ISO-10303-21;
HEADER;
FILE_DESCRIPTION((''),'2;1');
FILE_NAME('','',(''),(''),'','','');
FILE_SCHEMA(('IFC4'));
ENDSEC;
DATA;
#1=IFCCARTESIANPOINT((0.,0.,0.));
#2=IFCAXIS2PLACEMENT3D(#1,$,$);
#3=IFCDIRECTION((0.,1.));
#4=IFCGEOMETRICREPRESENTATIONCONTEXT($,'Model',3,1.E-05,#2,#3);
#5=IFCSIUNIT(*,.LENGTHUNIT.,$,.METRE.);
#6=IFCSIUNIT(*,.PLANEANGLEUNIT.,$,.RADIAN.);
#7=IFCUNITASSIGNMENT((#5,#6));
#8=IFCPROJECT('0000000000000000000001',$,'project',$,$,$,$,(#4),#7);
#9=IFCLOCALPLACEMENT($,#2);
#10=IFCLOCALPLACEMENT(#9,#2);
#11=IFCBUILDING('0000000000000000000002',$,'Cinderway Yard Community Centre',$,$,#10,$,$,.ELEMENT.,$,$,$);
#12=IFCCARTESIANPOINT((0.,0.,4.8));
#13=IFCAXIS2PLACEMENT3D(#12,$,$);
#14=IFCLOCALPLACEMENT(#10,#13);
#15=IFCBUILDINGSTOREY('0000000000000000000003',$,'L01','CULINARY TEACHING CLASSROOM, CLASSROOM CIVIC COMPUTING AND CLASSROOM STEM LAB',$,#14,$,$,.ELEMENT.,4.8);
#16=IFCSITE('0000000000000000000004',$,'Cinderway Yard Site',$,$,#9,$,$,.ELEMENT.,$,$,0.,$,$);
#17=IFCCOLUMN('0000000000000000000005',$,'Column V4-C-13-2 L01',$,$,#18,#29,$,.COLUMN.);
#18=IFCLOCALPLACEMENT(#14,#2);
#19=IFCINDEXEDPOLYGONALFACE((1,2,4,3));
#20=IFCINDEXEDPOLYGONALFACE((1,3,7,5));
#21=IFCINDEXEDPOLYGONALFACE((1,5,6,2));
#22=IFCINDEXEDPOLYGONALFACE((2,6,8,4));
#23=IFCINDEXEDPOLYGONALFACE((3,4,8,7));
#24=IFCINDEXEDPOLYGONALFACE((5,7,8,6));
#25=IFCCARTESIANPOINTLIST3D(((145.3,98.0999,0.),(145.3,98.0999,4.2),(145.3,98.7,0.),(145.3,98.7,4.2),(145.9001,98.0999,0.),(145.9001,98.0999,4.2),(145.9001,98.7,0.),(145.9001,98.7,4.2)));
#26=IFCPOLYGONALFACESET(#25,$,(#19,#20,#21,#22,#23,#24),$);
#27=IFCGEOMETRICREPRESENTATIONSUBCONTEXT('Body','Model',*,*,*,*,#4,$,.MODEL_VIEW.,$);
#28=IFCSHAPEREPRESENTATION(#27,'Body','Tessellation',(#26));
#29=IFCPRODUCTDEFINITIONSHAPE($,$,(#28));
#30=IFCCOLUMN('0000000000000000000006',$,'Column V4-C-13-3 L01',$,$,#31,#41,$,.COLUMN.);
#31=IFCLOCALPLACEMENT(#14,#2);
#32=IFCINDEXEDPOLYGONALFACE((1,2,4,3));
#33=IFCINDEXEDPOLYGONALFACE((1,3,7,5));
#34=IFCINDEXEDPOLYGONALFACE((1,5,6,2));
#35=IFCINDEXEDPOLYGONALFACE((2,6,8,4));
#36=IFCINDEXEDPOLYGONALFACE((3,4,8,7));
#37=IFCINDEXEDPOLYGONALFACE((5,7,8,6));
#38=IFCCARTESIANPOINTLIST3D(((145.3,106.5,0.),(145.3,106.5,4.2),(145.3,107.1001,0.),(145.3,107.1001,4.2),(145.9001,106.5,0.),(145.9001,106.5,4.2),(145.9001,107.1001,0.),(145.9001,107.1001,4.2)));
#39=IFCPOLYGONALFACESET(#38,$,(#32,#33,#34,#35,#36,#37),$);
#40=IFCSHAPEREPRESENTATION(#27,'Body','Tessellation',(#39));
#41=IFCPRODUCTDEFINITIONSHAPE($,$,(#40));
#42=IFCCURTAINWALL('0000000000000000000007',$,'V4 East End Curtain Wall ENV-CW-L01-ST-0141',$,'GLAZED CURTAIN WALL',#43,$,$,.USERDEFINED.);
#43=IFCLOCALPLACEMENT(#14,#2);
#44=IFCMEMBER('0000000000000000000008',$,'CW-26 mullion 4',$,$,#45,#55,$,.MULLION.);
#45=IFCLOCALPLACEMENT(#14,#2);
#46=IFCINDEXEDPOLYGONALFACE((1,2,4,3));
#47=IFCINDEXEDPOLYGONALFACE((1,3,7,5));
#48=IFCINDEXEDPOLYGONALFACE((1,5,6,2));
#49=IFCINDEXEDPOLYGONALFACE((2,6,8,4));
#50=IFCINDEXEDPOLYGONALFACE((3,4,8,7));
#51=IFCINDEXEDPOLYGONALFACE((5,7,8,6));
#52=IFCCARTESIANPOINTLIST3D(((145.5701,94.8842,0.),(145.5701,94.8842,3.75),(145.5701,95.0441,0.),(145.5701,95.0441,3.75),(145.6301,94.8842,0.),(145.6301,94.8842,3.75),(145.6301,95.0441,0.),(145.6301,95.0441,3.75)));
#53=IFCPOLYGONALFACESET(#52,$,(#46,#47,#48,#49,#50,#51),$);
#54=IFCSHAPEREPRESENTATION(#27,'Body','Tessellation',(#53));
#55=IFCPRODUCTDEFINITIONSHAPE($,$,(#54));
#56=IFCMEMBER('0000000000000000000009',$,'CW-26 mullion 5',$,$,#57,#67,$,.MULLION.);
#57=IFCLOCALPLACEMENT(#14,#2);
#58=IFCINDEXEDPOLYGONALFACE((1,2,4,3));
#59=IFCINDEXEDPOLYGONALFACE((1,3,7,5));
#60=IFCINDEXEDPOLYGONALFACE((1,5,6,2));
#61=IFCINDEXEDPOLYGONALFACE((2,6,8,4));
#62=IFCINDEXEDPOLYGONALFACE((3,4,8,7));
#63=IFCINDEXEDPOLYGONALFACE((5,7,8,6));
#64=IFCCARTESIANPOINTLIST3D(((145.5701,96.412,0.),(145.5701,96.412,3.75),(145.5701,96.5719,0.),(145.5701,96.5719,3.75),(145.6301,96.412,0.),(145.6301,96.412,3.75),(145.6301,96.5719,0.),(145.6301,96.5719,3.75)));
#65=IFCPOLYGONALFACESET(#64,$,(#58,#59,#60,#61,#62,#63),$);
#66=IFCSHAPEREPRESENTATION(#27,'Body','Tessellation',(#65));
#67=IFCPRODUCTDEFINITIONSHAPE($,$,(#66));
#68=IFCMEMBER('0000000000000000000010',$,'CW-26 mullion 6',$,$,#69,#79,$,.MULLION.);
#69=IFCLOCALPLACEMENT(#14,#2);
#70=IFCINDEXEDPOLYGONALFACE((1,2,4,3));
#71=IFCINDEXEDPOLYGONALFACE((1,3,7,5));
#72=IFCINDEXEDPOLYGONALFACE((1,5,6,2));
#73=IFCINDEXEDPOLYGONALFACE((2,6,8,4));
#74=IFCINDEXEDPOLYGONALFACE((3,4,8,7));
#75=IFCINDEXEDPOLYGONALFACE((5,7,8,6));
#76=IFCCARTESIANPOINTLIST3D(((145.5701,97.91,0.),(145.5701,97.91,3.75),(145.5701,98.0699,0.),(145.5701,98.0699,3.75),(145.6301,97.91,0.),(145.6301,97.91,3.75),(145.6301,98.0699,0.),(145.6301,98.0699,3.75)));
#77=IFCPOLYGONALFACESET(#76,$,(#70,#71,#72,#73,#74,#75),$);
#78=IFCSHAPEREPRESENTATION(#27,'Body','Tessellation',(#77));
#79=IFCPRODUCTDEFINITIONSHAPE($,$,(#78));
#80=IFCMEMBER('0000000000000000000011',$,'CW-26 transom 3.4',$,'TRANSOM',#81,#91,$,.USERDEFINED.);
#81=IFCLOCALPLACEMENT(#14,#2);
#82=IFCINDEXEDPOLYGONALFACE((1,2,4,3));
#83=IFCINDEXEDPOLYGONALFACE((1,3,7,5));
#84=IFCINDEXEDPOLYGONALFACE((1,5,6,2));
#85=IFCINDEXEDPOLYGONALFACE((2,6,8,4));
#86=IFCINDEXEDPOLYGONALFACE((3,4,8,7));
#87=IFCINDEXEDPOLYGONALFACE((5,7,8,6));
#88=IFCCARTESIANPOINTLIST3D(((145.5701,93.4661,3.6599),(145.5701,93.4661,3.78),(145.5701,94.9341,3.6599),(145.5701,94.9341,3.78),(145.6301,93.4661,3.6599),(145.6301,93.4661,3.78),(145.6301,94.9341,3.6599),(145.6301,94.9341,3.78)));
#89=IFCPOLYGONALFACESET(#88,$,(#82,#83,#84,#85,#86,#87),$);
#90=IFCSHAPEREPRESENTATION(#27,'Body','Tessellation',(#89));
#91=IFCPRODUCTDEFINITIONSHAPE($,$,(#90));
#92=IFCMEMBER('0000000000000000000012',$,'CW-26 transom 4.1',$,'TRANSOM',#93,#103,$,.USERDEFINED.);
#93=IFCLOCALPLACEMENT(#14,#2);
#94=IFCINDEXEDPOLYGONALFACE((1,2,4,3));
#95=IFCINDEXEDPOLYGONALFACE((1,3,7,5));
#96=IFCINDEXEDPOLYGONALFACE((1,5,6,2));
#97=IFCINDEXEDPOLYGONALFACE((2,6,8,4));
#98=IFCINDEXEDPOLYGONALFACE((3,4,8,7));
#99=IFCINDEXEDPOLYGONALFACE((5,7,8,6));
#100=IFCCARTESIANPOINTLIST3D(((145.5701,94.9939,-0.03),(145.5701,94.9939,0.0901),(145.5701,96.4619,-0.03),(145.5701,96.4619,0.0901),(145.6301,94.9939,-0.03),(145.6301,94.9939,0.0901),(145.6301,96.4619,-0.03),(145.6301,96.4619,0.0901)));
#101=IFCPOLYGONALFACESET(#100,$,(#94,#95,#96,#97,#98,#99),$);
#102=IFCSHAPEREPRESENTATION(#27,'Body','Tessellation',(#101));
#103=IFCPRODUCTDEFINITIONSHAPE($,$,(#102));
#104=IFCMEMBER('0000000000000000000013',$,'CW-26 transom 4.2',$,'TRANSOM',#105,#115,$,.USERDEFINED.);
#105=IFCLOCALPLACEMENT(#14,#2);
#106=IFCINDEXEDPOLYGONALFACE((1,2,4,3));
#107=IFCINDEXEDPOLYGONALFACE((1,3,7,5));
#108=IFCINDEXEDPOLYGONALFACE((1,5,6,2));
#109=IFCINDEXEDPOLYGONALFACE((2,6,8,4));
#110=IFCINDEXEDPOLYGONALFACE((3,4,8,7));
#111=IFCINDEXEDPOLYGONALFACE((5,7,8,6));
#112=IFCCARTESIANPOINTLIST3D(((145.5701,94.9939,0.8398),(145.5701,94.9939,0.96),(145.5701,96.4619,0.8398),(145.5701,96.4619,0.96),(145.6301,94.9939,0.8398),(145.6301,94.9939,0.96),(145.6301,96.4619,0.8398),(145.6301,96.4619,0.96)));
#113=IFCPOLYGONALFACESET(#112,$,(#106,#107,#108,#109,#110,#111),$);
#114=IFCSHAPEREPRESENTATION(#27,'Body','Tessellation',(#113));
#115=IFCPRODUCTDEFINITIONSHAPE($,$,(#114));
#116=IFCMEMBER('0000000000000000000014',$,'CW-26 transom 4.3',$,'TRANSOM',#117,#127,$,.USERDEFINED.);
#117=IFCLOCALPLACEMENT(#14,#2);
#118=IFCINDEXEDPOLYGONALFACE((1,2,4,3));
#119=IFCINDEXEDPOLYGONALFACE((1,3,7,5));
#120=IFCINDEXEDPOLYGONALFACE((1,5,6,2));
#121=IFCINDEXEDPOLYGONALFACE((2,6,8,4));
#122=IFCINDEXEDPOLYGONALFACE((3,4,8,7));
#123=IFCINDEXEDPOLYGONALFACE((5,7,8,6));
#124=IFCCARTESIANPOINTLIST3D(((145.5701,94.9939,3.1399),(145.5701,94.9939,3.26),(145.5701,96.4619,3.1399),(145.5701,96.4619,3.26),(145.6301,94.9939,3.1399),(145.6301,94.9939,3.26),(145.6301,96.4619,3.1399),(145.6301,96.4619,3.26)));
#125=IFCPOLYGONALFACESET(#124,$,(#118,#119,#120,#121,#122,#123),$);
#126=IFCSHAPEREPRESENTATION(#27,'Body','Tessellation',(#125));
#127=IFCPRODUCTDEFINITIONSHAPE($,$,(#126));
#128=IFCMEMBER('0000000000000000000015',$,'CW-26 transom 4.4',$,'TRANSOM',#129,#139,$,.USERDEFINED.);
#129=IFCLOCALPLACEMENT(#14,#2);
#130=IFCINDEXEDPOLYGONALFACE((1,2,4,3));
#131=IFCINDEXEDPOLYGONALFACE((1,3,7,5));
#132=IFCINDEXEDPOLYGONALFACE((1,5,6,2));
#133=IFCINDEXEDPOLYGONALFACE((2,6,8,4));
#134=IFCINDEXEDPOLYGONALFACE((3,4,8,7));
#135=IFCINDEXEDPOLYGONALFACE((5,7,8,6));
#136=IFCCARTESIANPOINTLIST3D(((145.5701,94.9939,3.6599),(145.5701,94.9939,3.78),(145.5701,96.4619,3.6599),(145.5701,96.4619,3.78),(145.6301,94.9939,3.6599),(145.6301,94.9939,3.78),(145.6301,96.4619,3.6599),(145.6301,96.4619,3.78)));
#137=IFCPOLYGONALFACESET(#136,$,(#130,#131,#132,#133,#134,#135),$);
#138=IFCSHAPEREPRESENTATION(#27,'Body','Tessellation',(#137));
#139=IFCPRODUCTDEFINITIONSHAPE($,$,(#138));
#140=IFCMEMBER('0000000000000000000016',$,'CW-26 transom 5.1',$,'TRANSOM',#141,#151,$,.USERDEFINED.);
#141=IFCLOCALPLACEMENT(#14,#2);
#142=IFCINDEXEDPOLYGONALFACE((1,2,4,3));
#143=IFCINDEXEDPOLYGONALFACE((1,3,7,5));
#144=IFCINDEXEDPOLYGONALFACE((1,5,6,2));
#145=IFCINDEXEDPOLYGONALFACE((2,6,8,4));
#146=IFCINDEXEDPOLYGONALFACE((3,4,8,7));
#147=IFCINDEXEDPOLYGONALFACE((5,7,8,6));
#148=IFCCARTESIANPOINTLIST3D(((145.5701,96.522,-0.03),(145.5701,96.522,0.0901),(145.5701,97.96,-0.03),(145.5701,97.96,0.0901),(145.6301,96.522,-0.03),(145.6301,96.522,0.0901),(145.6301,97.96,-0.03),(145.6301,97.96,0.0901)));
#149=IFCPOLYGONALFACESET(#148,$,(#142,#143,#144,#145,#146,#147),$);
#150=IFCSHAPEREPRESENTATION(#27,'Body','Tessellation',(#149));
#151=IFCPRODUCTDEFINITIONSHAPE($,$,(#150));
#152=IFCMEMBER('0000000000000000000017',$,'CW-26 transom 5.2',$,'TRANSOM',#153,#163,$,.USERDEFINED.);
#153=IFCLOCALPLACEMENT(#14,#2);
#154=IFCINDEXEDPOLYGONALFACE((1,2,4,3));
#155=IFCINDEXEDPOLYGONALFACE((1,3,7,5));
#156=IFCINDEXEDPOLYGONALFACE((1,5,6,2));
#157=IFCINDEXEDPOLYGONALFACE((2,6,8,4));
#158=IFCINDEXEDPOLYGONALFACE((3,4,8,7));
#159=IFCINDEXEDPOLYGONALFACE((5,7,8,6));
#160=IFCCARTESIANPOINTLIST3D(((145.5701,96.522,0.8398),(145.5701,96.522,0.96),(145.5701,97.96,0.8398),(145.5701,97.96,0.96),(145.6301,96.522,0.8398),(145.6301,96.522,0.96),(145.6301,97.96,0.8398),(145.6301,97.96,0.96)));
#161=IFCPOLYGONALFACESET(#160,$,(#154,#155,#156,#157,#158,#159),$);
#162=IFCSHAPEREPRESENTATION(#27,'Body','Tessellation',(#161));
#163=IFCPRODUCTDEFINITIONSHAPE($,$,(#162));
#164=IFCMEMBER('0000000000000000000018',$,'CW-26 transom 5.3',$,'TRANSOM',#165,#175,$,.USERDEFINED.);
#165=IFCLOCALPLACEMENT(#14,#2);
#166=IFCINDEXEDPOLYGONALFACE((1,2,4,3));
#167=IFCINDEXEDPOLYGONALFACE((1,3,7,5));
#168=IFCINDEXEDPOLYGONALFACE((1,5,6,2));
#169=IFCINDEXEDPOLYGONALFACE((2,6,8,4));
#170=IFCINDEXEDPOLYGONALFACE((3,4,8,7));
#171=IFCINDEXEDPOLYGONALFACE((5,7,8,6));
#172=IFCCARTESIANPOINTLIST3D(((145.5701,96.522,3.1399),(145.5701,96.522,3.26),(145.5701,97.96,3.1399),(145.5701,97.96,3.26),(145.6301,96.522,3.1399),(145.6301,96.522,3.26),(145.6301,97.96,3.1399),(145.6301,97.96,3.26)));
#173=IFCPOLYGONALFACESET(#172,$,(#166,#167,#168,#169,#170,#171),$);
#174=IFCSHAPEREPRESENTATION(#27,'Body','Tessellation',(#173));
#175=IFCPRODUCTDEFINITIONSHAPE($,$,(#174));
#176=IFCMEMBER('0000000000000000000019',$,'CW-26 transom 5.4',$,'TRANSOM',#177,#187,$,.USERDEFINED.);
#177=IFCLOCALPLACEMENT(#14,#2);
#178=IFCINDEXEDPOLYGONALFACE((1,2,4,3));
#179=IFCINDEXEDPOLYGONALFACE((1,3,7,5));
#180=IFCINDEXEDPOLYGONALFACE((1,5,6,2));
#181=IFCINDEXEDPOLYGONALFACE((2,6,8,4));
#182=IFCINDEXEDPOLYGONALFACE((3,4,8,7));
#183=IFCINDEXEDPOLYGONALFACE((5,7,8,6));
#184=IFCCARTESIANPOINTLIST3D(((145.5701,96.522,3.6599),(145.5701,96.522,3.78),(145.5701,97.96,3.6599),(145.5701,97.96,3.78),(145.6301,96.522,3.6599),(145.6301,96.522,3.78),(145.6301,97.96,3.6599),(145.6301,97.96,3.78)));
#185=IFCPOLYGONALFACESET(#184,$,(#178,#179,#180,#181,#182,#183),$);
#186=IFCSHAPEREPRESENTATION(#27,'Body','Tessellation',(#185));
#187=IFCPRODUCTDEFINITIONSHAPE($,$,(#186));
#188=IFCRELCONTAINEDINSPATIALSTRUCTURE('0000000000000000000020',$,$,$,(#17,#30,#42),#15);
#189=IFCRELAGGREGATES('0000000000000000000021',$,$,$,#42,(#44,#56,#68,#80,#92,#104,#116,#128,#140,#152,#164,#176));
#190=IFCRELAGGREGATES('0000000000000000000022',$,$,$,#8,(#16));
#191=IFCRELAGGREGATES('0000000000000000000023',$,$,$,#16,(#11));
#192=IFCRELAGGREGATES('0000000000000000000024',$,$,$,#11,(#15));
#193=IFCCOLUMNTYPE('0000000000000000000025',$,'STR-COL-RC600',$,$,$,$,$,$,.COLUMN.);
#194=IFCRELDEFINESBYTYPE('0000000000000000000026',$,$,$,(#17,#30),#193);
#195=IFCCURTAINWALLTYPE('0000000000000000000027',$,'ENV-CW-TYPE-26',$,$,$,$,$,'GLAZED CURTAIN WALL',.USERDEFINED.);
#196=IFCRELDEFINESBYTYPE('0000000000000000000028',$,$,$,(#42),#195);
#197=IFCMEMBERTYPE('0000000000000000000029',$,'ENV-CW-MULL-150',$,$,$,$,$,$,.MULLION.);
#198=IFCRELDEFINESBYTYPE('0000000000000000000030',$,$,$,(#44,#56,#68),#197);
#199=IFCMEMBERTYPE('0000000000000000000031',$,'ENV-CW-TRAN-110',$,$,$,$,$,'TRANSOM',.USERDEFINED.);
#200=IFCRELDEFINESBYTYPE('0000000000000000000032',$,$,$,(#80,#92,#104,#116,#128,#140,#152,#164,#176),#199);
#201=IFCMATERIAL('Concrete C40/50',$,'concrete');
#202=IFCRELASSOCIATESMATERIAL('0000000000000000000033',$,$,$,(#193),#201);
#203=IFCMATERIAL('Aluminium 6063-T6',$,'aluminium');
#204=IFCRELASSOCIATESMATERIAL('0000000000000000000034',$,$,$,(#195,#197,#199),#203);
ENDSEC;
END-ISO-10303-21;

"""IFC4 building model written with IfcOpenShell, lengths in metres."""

from ifc_helpers import new_model, si_unit, direction, frame, origin, origin_2d, place, context, subcontext, project, spatial, rectangle, extrude, material, material_profile, profile_set, type_object, element, aggregate, save


model = new_model("IFC4")

# Units and contexts
model_context = context("Model", 3, precision=1e-05, world=origin(), true_north=direction((0.0, 1.0)))
body_context = subcontext(model_context, "Body", "Model", "MODEL_VIEW")
ifc_project = project(units=[si_unit("LENGTHUNIT", "METRE"), si_unit("PLANEANGLEUNIT", "RADIAN")], contexts=[model_context])

# Site, building, storey
site_placement = place(None, origin())
site = spatial("IfcSite", under=ifc_project, at=site_placement, Name="Cinderway Yard Site", CompositionType="ELEMENT", RefElevation=0.0)
building_placement = place(site_placement, origin())
building = spatial("IfcBuilding", under=site, at=building_placement, Name="Cinderway Yard Community Centre", CompositionType="ELEMENT")
storey_placement = place(building_placement, frame((0.0, 0.0, 4.8)))
storey = spatial("IfcBuildingStorey", under=building, at=storey_placement, Name="L01", Description="CULINARY TEACHING CLASSROOM, CLASSROOM CIVIC COMPUTING AND CLASSROOM STEM LAB", CompositionType="ELEMENT", Elevation=4.8)

# Columns
ifc_material_1 = material(Name="Concrete C40/50", Category="concrete")
ifc_material_profile_1 = material_profile(ifc_material_1, rectangle(XDim=0.6001, YDim=0.6001, at=origin_2d()), Name="Concrete C40/50")
ifc_profile_set_1 = profile_set([ifc_material_profile_1], Name="Concrete C40/50")
column_type = type_object("IfcColumnType", Name="STR-COL-RC600", PredefinedType="COLUMN", material=ifc_profile_set_1)
for number, where, z_axis, x_axis, name in (
    (1, (145.6001, 98.3999, 0.0), (0.0, 0.0, 1.0), (1.0, 0.0, 0.0), "Column V4-C-13-2 L01"),
    (2, (145.6001, 106.8, 0.0), (0.0, 0.0, 1.0), (1.0, 0.0, 0.0), "Column V4-C-13-3 L01"),
):
    element("IfcColumn", number, at=place(storey_placement, frame(where, z_axis=z_axis, x_axis=x_axis)), inside=storey, type_object=column_type, Name=name, PredefinedType="COLUMN", context=body_context, shape_type="SweptSolid", body=[
        extrude(rectangle(XDim=0.6001, YDim=0.6001, at=origin_2d()), origin(), (0.0, 0.0, 1.0), 4.2),
    ])

# Curtain wall, members
ifc_material_2 = material(Name="Aluminium 6063-T6", Category="aluminium")
curtain_wall_type = type_object("IfcCurtainWallType", Name="ENV-CW-TYPE-26", ElementType="GLAZED CURTAIN WALL", PredefinedType="USERDEFINED", material=ifc_material_2)
curtain_wall_placement = place(storey_placement, origin())
curtain_wall = element("IfcCurtainWall", 3, at=curtain_wall_placement, inside=storey, type_object=curtain_wall_type, Name="V4 East End Curtain Wall ENV-CW-L01-ST-0141", ObjectType="GLAZED CURTAIN WALL", PredefinedType="USERDEFINED")
ifc_material_profile_2 = material_profile(ifc_material_2, rectangle(XDim=0.0601, YDim=0.1599, at=origin_2d()), Name="Aluminium 6063-T6")
ifc_profile_set_2 = profile_set([ifc_material_profile_2], Name="Aluminium 6063-T6")
member_type_1 = type_object("IfcMemberType", Name="ENV-CW-MULL-150", PredefinedType="MULLION", material=ifc_profile_set_2)
member_1_placement = place(storey_placement, frame((145.6001, 94.9641, 0.0), z_axis=(0.0, 0.0, 1.0), x_axis=(-1.0, 0.0, 0.0)))
member_1 = element("IfcMember", 4, at=member_1_placement, type_object=member_type_1, Name="CW-26 mullion 4", PredefinedType="MULLION", context=body_context, shape_type="SweptSolid", body=[
    extrude(rectangle(XDim=0.0601, YDim=0.1599, at=origin_2d()), origin(), (0.0, 0.0, 1.0), 3.75),
])
member_2_placement = place(storey_placement, frame((145.6001, 96.4919, 0.0), z_axis=(0.0, 0.0, 1.0), x_axis=(-1.0, 0.0, 0.0)))
member_2 = element("IfcMember", 5, at=member_2_placement, type_object=member_type_1, Name="CW-26 mullion 5", PredefinedType="MULLION", context=body_context, shape_type="SweptSolid", body=[
    extrude(rectangle(XDim=0.0601, YDim=0.1599, at=origin_2d()), origin(), (0.0, 0.0, 1.0), 3.75),
])
member_3_placement = place(storey_placement, frame((145.6001, 97.99, 0.0), z_axis=(0.0, 0.0, 1.0), x_axis=(-1.0, 0.0, 0.0)))
member_3 = element("IfcMember", 6, at=member_3_placement, type_object=member_type_1, Name="CW-26 mullion 6", PredefinedType="MULLION", context=body_context, shape_type="SweptSolid", body=[
    extrude(rectangle(XDim=0.0601, YDim=0.1599, at=origin_2d()), origin(), (0.0, 0.0, 1.0), 3.75),
])
ifc_material_profile_3 = material_profile(ifc_material_2, rectangle(XDim=0.0601, YDim=0.1201, at=origin_2d()), Name="Aluminium 6063-T6")
ifc_profile_set_3 = profile_set([ifc_material_profile_3], Name="Aluminium 6063-T6")
member_type_2 = type_object("IfcMemberType", Name="ENV-CW-TRAN-110", ElementType="TRANSOM", PredefinedType="USERDEFINED", material=ifc_profile_set_3)
member_4_placement = place(storey_placement, frame((145.6001, 93.4661, 3.72), z_axis=(0.0, 1.0, 0.0), x_axis=(-1.0, 0.0, 0.0)))
member_4 = element("IfcMember", 7, at=member_4_placement, type_object=member_type_2, Name="CW-26 transom 3.4", ObjectType="TRANSOM", PredefinedType="USERDEFINED", context=body_context, shape_type="SweptSolid", body=[
    extrude(rectangle(XDim=0.0601, YDim=0.1201, at=origin_2d()), origin(), (0.0, 0.0, 1.0), 1.468),
])
member_5_placement = place(storey_placement, frame((145.6001, 94.9939, 0.03), z_axis=(0.0, 1.0, 0.0), x_axis=(-1.0, 0.0, 0.0)))
member_5 = element("IfcMember", 8, at=member_5_placement, type_object=member_type_2, Name="CW-26 transom 4.1", ObjectType="TRANSOM", PredefinedType="USERDEFINED", context=body_context, shape_type="SweptSolid", body=[
    extrude(rectangle(XDim=0.0601, YDim=0.1201, at=origin_2d()), origin(), (0.0, 0.0, 1.0), 1.468),
])
member_6_placement = place(storey_placement, frame((145.6001, 94.9939, 0.8999), z_axis=(0.0, 1.0, 0.0), x_axis=(-1.0, 0.0, 0.0)))
member_6 = element("IfcMember", 9, at=member_6_placement, type_object=member_type_2, Name="CW-26 transom 4.2", ObjectType="TRANSOM", PredefinedType="USERDEFINED", context=body_context, shape_type="SweptSolid", body=[
    extrude(rectangle(XDim=0.0601, YDim=0.1201, at=origin_2d()), origin(), (0.0, 0.0, 1.0), 1.468),
])
member_7_placement = place(storey_placement, frame((145.6001, 94.9939, 3.2), z_axis=(0.0, 1.0, 0.0), x_axis=(-1.0, 0.0, 0.0)))
member_7 = element("IfcMember", 10, at=member_7_placement, type_object=member_type_2, Name="CW-26 transom 4.3", ObjectType="TRANSOM", PredefinedType="USERDEFINED", context=body_context, shape_type="SweptSolid", body=[
    extrude(rectangle(XDim=0.0601, YDim=0.1201, at=origin_2d()), origin(), (0.0, 0.0, 1.0), 1.468),
])
member_8_placement = place(storey_placement, frame((145.6001, 94.9939, 3.72), z_axis=(0.0, 1.0, 0.0), x_axis=(-1.0, 0.0, 0.0)))
member_8 = element("IfcMember", 11, at=member_8_placement, type_object=member_type_2, Name="CW-26 transom 4.4", ObjectType="TRANSOM", PredefinedType="USERDEFINED", context=body_context, shape_type="SweptSolid", body=[
    extrude(rectangle(XDim=0.0601, YDim=0.1201, at=origin_2d()), origin(), (0.0, 0.0, 1.0), 1.468),
])
member_9_placement = place(storey_placement, frame((145.6001, 96.522, 0.03), z_axis=(0.0, 1.0, 0.0), x_axis=(-1.0, 0.0, 0.0)))
member_9 = element("IfcMember", 12, at=member_9_placement, type_object=member_type_2, Name="CW-26 transom 5.1", ObjectType="TRANSOM", PredefinedType="USERDEFINED", context=body_context, shape_type="SweptSolid", body=[
    extrude(rectangle(XDim=0.0601, YDim=0.1201, at=origin_2d()), origin(), (0.0, 0.0, 1.0), 1.438),
])
member_10_placement = place(storey_placement, frame((145.6001, 96.522, 0.8999), z_axis=(0.0, 1.0, 0.0), x_axis=(-1.0, 0.0, 0.0)))
member_10 = element("IfcMember", 13, at=member_10_placement, type_object=member_type_2, Name="CW-26 transom 5.2", ObjectType="TRANSOM", PredefinedType="USERDEFINED", context=body_context, shape_type="SweptSolid", body=[
    extrude(rectangle(XDim=0.0601, YDim=0.1201, at=origin_2d()), origin(), (0.0, 0.0, 1.0), 1.438),
])
member_11_placement = place(storey_placement, frame((145.6001, 96.522, 3.2), z_axis=(0.0, 1.0, 0.0), x_axis=(-1.0, 0.0, 0.0)))
member_11 = element("IfcMember", 14, at=member_11_placement, type_object=member_type_2, Name="CW-26 transom 5.3", ObjectType="TRANSOM", PredefinedType="USERDEFINED", context=body_context, shape_type="SweptSolid", body=[
    extrude(rectangle(XDim=0.0601, YDim=0.1201, at=origin_2d()), origin(), (0.0, 0.0, 1.0), 1.438),
])
member_12_placement = place(storey_placement, frame((145.6001, 96.522, 3.72), z_axis=(0.0, 1.0, 0.0), x_axis=(-1.0, 0.0, 0.0)))
member_12 = element("IfcMember", 15, at=member_12_placement, type_object=member_type_2, Name="CW-26 transom 5.4", ObjectType="TRANSOM", PredefinedType="USERDEFINED", context=body_context, shape_type="SweptSolid", body=[
    extrude(rectangle(XDim=0.0601, YDim=0.1201, at=origin_2d()), origin(), (0.0, 0.0, 1.0), 1.438),
])

aggregate(curtain_wall, [member_1, member_2, member_3, member_4, member_5, member_6, member_7, member_8, member_9, member_10, member_11, member_12])

save(model, "model.ifc")
